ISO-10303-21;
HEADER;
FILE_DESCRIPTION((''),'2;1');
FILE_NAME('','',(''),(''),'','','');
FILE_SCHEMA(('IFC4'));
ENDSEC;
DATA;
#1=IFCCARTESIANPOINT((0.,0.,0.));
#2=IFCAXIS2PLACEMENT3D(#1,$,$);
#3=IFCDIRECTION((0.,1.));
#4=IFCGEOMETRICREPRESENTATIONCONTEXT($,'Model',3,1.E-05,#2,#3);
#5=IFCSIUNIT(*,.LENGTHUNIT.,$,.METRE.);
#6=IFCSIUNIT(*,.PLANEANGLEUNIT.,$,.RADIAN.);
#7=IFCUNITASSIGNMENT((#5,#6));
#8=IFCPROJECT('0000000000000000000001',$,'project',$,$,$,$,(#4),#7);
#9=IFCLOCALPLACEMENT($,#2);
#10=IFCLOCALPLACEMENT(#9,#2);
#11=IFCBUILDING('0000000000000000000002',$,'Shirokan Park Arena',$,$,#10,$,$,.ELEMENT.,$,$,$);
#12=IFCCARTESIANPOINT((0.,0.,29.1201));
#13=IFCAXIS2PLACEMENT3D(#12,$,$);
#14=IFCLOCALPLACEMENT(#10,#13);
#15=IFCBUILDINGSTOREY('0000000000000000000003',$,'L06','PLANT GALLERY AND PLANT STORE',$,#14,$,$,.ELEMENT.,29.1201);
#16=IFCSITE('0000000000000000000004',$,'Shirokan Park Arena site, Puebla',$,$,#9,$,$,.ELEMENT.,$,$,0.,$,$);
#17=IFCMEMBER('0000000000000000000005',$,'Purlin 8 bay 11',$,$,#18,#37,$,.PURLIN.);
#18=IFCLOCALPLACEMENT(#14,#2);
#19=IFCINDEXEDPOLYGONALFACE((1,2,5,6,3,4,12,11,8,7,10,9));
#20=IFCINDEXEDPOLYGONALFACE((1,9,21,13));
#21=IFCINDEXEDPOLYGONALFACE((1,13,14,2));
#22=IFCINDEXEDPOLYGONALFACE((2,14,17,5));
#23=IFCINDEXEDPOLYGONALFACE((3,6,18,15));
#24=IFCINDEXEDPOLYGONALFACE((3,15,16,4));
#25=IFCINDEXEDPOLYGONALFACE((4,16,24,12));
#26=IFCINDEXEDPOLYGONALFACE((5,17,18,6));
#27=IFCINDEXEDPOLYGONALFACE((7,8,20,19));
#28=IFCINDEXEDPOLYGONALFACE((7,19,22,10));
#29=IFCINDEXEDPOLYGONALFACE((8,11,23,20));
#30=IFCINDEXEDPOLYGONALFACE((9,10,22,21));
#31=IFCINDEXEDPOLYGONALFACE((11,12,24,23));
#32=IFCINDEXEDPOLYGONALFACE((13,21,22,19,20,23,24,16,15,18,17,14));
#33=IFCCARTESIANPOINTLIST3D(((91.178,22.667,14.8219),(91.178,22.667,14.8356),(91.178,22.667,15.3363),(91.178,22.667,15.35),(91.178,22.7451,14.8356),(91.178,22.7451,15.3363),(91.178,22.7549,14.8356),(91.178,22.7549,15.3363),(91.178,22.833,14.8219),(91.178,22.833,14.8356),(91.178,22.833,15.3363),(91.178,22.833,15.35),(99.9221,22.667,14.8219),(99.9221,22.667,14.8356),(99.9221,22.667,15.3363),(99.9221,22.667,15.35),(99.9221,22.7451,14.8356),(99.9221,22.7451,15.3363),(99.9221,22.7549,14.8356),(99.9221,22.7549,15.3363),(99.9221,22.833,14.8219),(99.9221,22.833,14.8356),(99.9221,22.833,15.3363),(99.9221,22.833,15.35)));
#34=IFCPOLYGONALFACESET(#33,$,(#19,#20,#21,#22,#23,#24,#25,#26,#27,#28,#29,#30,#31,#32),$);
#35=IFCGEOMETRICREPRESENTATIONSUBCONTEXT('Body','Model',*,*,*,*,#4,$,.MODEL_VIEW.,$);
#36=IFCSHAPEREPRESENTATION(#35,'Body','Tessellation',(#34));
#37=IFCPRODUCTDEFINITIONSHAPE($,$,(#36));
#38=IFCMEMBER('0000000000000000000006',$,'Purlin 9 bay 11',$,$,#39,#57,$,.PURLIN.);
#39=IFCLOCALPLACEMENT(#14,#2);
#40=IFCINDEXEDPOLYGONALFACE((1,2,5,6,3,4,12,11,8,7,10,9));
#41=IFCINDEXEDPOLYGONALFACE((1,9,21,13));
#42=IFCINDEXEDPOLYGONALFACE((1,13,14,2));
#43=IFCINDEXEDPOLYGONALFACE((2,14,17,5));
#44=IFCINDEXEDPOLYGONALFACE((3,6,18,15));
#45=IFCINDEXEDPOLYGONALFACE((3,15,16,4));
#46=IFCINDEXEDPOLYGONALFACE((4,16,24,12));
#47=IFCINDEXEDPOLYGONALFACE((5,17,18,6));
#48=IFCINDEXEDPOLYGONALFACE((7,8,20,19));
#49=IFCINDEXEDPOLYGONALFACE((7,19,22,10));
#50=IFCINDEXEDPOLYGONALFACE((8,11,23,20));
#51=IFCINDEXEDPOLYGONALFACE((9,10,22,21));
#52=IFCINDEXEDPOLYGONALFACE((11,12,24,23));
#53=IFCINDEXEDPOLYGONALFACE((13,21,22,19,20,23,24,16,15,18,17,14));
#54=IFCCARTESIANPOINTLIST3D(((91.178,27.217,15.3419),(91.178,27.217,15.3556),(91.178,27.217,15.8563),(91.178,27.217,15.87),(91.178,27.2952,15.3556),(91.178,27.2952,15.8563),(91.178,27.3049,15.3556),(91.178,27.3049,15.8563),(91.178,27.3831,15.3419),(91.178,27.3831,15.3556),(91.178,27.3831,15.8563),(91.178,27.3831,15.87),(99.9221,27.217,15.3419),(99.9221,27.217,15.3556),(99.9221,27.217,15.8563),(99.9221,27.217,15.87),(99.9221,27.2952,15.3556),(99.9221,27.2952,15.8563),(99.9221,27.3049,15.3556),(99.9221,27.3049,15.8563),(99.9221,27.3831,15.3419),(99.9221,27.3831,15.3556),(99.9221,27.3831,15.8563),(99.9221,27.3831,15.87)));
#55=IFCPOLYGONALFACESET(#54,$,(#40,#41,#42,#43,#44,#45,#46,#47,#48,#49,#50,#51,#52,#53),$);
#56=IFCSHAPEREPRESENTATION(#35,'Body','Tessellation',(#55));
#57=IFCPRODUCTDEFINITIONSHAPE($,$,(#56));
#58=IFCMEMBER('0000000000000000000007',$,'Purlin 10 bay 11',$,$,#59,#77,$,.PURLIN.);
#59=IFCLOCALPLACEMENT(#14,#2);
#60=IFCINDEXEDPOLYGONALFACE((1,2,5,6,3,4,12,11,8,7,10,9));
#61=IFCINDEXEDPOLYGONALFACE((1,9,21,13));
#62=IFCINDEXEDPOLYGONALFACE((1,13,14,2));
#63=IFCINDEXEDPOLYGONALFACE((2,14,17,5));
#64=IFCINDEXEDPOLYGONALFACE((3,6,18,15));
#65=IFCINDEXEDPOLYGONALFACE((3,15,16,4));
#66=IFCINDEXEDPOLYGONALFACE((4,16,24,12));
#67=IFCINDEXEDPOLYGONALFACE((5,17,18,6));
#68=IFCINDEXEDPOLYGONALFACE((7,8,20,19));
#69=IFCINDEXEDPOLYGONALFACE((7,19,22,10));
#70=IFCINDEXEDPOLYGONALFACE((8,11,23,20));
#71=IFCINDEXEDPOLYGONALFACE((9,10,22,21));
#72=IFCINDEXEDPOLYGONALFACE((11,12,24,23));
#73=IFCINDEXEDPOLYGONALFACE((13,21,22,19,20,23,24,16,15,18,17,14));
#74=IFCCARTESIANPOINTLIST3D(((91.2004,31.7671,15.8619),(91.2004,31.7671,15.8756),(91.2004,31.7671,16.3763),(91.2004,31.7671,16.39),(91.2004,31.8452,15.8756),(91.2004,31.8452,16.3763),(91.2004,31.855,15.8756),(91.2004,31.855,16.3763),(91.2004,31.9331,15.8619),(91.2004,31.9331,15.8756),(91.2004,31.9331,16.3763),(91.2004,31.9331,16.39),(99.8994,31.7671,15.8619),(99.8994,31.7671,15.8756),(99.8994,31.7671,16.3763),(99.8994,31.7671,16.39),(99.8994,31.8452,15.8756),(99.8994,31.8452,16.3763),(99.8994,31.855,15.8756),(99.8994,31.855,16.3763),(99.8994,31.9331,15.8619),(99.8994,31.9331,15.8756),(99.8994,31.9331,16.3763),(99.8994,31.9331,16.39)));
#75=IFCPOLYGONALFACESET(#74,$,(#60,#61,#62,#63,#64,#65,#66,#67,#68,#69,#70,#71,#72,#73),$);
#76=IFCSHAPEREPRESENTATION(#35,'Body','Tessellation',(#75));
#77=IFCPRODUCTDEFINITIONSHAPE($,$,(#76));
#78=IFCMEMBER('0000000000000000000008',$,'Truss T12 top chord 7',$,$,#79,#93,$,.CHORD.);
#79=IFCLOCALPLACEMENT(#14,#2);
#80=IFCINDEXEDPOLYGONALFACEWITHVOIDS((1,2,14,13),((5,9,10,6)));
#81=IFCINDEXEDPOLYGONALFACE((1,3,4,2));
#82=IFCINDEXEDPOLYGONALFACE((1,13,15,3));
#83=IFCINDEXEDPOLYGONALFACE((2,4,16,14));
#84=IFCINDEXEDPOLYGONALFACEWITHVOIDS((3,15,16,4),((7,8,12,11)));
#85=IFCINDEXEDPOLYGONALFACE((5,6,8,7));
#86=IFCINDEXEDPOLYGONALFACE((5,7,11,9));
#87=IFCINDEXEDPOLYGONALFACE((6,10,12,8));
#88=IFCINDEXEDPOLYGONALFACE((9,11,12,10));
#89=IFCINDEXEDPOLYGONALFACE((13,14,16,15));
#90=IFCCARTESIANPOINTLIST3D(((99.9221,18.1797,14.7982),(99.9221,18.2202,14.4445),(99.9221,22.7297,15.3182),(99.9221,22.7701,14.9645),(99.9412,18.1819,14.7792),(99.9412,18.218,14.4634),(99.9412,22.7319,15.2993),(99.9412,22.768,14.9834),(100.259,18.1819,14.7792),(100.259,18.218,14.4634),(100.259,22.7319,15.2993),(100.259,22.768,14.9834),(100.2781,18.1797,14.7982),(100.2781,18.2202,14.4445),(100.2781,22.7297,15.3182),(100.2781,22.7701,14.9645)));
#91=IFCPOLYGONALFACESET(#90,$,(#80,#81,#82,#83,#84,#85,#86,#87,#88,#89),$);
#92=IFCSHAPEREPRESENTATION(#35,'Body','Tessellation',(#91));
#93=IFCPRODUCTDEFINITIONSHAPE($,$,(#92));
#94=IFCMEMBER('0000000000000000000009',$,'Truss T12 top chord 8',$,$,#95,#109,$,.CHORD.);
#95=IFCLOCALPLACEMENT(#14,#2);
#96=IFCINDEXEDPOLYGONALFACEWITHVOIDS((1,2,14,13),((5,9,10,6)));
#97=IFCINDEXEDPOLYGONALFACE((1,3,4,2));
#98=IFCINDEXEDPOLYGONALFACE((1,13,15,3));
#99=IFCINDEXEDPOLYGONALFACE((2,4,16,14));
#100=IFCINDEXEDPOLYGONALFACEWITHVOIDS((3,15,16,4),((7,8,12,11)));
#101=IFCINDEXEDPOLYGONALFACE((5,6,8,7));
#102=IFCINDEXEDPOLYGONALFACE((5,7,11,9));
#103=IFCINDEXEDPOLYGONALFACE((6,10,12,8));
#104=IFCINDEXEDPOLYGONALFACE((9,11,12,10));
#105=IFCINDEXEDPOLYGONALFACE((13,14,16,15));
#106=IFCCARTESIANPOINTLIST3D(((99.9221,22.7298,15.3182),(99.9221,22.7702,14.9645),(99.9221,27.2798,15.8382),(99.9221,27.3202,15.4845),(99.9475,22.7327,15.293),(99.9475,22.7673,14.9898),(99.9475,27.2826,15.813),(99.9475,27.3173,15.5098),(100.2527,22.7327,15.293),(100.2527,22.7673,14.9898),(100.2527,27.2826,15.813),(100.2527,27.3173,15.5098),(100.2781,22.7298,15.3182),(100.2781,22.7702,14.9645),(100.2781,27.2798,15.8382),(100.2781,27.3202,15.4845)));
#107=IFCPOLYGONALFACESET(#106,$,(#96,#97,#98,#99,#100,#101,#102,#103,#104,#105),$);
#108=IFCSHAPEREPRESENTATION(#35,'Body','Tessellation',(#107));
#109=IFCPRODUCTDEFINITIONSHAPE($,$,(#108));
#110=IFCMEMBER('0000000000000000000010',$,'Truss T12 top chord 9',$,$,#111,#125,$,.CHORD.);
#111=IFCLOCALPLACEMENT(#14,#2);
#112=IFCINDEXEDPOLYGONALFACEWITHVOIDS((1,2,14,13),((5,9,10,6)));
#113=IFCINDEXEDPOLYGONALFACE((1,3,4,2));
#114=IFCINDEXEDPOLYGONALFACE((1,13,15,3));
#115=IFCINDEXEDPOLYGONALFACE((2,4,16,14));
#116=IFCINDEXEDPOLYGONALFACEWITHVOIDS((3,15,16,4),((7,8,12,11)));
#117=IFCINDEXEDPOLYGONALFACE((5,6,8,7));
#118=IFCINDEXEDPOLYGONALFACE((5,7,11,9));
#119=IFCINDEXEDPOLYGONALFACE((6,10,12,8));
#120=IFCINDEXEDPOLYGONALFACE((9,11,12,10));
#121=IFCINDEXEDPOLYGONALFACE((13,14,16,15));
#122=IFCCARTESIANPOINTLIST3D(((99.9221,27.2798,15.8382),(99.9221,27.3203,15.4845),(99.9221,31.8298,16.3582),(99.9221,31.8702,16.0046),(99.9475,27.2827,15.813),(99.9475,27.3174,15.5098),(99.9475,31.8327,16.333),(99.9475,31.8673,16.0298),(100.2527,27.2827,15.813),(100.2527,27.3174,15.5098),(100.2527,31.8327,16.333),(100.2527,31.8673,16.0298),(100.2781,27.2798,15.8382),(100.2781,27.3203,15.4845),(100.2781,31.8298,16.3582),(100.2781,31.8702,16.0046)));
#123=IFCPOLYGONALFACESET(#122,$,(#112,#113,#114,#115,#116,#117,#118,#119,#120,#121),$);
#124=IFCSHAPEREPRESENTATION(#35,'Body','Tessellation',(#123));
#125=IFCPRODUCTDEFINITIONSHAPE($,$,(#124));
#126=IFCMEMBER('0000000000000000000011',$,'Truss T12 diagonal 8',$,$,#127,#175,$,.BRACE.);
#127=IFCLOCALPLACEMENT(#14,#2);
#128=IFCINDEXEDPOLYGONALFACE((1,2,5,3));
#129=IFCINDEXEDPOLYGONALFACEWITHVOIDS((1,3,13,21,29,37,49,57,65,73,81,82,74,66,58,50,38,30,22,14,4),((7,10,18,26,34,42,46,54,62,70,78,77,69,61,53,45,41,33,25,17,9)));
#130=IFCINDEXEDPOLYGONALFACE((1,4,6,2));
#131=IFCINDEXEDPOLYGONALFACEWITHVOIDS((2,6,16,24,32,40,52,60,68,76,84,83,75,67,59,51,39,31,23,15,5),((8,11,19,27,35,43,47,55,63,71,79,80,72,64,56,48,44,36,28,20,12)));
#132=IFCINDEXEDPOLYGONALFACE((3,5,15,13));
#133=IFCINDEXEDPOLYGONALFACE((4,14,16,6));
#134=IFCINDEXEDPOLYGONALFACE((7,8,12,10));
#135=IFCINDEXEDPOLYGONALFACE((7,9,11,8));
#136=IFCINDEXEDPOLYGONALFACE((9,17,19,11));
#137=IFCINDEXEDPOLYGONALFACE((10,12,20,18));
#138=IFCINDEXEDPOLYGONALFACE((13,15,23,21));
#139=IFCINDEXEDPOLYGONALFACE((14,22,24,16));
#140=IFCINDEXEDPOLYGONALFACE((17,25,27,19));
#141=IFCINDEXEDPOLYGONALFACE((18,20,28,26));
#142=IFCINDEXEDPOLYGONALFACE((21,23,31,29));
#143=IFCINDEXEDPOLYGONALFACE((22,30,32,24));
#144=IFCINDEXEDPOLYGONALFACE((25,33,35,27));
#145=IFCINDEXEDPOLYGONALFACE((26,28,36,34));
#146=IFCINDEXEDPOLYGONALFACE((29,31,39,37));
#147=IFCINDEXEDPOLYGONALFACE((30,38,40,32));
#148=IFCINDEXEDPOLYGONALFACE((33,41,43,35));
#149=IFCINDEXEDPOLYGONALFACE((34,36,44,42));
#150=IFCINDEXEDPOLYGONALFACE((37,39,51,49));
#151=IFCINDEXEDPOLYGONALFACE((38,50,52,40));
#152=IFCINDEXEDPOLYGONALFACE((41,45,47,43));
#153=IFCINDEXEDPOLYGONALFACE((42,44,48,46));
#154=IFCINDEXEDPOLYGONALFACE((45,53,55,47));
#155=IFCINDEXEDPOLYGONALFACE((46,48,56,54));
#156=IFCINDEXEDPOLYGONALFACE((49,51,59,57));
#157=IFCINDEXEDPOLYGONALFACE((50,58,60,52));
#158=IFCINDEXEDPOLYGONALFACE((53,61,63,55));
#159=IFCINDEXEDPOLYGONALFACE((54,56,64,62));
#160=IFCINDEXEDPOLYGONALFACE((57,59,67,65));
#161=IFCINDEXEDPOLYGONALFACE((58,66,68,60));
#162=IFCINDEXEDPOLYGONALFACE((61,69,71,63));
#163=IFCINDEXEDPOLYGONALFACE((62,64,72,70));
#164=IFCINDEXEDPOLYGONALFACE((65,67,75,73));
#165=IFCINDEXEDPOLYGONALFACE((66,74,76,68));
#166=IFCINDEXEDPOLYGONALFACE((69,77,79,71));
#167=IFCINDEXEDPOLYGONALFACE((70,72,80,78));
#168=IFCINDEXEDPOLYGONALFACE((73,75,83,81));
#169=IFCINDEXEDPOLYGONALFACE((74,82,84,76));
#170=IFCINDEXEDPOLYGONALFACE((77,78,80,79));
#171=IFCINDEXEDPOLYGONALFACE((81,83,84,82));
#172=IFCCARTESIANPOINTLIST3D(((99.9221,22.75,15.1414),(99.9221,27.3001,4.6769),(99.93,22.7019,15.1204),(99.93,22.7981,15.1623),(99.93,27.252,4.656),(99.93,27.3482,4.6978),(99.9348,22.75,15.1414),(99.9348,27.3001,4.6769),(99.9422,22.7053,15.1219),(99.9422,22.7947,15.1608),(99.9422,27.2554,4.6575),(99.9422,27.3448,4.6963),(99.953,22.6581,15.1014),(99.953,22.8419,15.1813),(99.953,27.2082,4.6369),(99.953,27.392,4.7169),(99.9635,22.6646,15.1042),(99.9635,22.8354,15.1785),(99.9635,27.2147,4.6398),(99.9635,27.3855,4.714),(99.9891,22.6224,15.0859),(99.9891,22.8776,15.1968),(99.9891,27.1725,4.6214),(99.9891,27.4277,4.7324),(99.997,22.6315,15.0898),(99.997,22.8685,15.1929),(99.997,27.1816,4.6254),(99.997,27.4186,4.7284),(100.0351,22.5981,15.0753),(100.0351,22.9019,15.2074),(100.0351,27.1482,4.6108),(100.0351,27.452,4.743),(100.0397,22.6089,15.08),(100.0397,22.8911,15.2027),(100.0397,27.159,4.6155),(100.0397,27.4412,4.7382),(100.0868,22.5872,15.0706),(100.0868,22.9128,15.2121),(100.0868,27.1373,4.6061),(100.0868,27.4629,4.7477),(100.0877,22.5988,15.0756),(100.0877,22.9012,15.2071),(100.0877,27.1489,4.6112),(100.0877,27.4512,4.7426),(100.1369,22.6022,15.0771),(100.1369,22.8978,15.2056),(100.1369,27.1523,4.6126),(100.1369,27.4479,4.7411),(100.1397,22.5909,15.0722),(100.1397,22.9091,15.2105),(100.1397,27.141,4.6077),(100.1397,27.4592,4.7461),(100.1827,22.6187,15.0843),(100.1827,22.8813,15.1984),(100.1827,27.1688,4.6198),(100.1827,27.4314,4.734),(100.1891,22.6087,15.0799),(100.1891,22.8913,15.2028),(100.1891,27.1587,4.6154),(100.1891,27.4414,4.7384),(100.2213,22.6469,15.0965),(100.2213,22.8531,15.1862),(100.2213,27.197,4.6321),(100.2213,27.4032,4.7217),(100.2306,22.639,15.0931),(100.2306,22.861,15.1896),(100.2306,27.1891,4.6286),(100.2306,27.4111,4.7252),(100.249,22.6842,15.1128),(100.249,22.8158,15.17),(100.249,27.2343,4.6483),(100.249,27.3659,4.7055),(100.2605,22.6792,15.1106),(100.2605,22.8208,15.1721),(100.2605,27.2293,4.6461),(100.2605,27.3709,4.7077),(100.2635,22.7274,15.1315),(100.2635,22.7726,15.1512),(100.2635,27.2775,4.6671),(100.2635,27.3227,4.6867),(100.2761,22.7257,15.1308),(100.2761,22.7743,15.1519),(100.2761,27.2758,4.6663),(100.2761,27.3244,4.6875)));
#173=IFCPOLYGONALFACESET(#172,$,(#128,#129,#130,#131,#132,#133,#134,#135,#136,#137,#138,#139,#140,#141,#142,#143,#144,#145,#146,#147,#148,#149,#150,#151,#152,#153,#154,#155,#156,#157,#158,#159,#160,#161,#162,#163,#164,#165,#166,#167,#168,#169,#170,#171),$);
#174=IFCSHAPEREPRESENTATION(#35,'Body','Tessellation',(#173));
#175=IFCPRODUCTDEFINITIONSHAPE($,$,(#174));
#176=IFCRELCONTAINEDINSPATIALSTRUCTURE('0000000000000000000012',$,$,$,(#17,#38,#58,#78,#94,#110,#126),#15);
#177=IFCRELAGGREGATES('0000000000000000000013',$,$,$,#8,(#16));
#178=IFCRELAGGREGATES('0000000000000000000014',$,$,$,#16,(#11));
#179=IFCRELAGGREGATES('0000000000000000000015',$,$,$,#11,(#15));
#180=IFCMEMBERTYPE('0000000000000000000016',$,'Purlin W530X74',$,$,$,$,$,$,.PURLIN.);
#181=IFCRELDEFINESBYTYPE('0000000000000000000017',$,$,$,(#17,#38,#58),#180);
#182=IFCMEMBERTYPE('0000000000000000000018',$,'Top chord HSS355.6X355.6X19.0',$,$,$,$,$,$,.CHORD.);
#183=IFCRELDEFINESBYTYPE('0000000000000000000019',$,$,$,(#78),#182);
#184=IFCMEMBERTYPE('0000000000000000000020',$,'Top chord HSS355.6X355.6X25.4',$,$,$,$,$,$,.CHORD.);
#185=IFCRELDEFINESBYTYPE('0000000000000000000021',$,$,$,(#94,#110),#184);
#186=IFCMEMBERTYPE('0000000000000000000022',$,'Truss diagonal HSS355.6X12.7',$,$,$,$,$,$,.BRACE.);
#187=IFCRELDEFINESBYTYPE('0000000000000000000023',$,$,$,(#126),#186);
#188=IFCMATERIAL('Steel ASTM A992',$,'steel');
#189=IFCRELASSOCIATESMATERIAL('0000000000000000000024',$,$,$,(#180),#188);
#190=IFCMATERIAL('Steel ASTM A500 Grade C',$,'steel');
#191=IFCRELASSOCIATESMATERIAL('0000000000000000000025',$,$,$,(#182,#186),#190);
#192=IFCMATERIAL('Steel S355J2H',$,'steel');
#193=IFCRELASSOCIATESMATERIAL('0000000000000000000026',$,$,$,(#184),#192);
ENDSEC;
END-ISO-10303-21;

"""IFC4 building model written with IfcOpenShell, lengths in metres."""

from ifc_helpers import new_model, si_unit, direction, frame, origin, origin_2d, place, context, subcontext, project, spatial, hollow_rectangle, hollow_circle, i_section, extrude, material, material_profile, profile_set, type_object, element, save


model = new_model("IFC4")

# Units and contexts
model_context = context("Model", 3, precision=1e-05, world=origin(), true_north=direction((0.0, 1.0)))
body_context = subcontext(model_context, "Body", "Model", "MODEL_VIEW")
ifc_project = project(units=[si_unit("LENGTHUNIT", "METRE"), si_unit("PLANEANGLEUNIT", "RADIAN")], contexts=[model_context])

# Site, building, storey
site_placement = place(None, origin())
site = spatial("IfcSite", under=ifc_project, at=site_placement, Name="Shirokan Park Arena site, Puebla", CompositionType="ELEMENT", RefElevation=0.0)
building_placement = place(site_placement, origin())
building = spatial("IfcBuilding", under=site, at=building_placement, Name="Shirokan Park Arena", CompositionType="ELEMENT")
storey_placement = place(building_placement, frame((0.0, 0.0, 29.1201)))
storey = spatial("IfcBuildingStorey", under=building, at=storey_placement, Name="L06", Description="PLANT GALLERY AND PLANT STORE", CompositionType="ELEMENT", Elevation=29.1201)

# Members
ifc_material_1 = material(Name="Steel ASTM A500 Grade C", Category="steel")
ifc_material_2 = material(Name="Steel S355J2H", Category="steel")
ifc_material_3 = material(Name="Steel ASTM A992", Category="steel")
ifc_material_profile_1 = material_profile(ifc_material_3, i_section(OverallWidth=0.166, OverallDepth=0.5281, WebThickness=0.0098, FlangeThickness=0.0137, at=origin_2d()), Name="W530X74")
ifc_profile_set_1 = profile_set([ifc_material_profile_1], Name="Steel ASTM A992")
member_type_1 = type_object("IfcMemberType", Name="Purlin W530X74", PredefinedType="PURLIN", material=ifc_profile_set_1)
for number, where, z_axis, x_axis, name in (
    (1, (91.178, 22.75, 15.0859), (1.0, 0.0, 0.0), (0.0, 1.0, 0.0), "Purlin 8 bay 11"),
    (2, (91.178, 27.3, 15.606), (1.0, 0.0, 0.0), (0.0, 1.0, 0.0), "Purlin 9 bay 11"),
):
    element("IfcMember", number, at=place(storey_placement, frame(where, z_axis=z_axis, x_axis=x_axis)), inside=storey, type_object=member_type_1, Name=name, PredefinedType="PURLIN", context=body_context, shape_type="SweptSolid", body=[
        extrude(i_section(OverallWidth=0.166, OverallDepth=0.5281, WebThickness=0.0098, FlangeThickness=0.0137, at=origin_2d()), origin(), (0.0, 0.0, 1.0), 8.7441),
    ])
member_1_placement = place(storey_placement, frame((91.2004, 31.8501, 16.126), z_axis=(1.0, 0.0, 0.0), x_axis=(0.0, 1.0, 0.0)))
element("IfcMember", 3, at=member_1_placement, inside=storey, type_object=member_type_1, Name="Purlin 10 bay 11", PredefinedType="PURLIN", context=body_context, shape_type="SweptSolid", body=[
    extrude(i_section(OverallWidth=0.166, OverallDepth=0.5281, WebThickness=0.0098, FlangeThickness=0.0137, at=origin_2d()), origin(), (0.0, 0.0, 1.0), 8.699),
])
ifc_material_profile_2 = material_profile(ifc_material_1, hollow_rectangle(XDim=0.356, YDim=0.356, WallThickness=0.019, at=origin_2d()), Name="HSS355.6X355.6X19.0")
ifc_profile_set_2 = profile_set([ifc_material_profile_2], Name="Steel ASTM A500 Grade C")
member_type_2 = type_object("IfcMemberType", Name="Top chord HSS355.6X355.6X19.0", PredefinedType="CHORD", material=ifc_profile_set_2)
member_2_placement = place(storey_placement, frame((100.1001, 18.2, 14.6213), z_axis=(0.0, 0.993532, 0.11355), x_axis=(-1.0, 0.0, 0.0)))
element("IfcMember", 4, at=member_2_placement, inside=storey, type_object=member_type_2, Name="Truss T12 top chord 7", PredefinedType="CHORD", context=body_context, shape_type="SweptSolid", body=[
    extrude(hollow_rectangle(XDim=0.356, YDim=0.356, WallThickness=0.019, at=origin_2d()), origin(), (0.0, 0.0, 1.0), 4.5796),
])
ifc_material_profile_3 = material_profile(ifc_material_2, hollow_rectangle(XDim=0.356, YDim=0.356, WallThickness=0.0254, at=origin_2d()), Name="HSS355.6X355.6X25.4")
ifc_profile_set_3 = profile_set([ifc_material_profile_3], Name="Steel S355J2H")
member_type_3 = type_object("IfcMemberType", Name="Top chord HSS355.6X355.6X25.4", PredefinedType="CHORD", material=ifc_profile_set_3)
for number, where, z_axis, x_axis, name in (
    (5, (100.1001, 22.75, 15.1414), (0.0, 0.993532, 0.11355), (-1.0, 0.0, 0.0), "Truss T12 top chord 8"),
    (6, (100.1001, 27.3, 15.6614), (0.0, 0.993532, 0.11355), (-1.0, 0.0, 0.0), "Truss T12 top chord 9"),
):
    element("IfcMember", number, at=place(storey_placement, frame(where, z_axis=z_axis, x_axis=x_axis)), inside=storey, type_object=member_type_3, Name=name, PredefinedType="CHORD", context=body_context, shape_type="SweptSolid", body=[
        extrude(hollow_rectangle(XDim=0.356, YDim=0.356, WallThickness=0.0254, at=origin_2d()), origin(), (0.0, 0.0, 1.0), 4.5796),
    ])
ifc_material_profile_4 = material_profile(ifc_material_1, hollow_circle(Radius=0.178, WallThickness=0.0127, at=origin_2d()), Name="HSS355.6X12.7")
ifc_profile_set_4 = profile_set([ifc_material_profile_4], Name="Steel ASTM A500 Grade C")
member_type_4 = type_object("IfcMemberType", Name="Truss diagonal HSS355.6X12.7", PredefinedType="BRACE", material=ifc_profile_set_4)
member_3_placement = place(storey_placement, frame((100.1001, 22.75, 15.1414), z_axis=(0.0, 0.39875, -0.91706), x_axis=(-1.0, 0.0, 0.0)))
element("IfcMember", 7, at=member_3_placement, inside=storey, type_object=member_type_4, Name="Truss T12 diagonal 8", PredefinedType="BRACE", context=body_context, shape_type="SweptSolid", body=[
    extrude(hollow_circle(Radius=0.178, WallThickness=0.0127, at=origin_2d()), origin(), (0.0, 0.0, 1.0), 11.4109),
])

save(model, "model.ifc")
